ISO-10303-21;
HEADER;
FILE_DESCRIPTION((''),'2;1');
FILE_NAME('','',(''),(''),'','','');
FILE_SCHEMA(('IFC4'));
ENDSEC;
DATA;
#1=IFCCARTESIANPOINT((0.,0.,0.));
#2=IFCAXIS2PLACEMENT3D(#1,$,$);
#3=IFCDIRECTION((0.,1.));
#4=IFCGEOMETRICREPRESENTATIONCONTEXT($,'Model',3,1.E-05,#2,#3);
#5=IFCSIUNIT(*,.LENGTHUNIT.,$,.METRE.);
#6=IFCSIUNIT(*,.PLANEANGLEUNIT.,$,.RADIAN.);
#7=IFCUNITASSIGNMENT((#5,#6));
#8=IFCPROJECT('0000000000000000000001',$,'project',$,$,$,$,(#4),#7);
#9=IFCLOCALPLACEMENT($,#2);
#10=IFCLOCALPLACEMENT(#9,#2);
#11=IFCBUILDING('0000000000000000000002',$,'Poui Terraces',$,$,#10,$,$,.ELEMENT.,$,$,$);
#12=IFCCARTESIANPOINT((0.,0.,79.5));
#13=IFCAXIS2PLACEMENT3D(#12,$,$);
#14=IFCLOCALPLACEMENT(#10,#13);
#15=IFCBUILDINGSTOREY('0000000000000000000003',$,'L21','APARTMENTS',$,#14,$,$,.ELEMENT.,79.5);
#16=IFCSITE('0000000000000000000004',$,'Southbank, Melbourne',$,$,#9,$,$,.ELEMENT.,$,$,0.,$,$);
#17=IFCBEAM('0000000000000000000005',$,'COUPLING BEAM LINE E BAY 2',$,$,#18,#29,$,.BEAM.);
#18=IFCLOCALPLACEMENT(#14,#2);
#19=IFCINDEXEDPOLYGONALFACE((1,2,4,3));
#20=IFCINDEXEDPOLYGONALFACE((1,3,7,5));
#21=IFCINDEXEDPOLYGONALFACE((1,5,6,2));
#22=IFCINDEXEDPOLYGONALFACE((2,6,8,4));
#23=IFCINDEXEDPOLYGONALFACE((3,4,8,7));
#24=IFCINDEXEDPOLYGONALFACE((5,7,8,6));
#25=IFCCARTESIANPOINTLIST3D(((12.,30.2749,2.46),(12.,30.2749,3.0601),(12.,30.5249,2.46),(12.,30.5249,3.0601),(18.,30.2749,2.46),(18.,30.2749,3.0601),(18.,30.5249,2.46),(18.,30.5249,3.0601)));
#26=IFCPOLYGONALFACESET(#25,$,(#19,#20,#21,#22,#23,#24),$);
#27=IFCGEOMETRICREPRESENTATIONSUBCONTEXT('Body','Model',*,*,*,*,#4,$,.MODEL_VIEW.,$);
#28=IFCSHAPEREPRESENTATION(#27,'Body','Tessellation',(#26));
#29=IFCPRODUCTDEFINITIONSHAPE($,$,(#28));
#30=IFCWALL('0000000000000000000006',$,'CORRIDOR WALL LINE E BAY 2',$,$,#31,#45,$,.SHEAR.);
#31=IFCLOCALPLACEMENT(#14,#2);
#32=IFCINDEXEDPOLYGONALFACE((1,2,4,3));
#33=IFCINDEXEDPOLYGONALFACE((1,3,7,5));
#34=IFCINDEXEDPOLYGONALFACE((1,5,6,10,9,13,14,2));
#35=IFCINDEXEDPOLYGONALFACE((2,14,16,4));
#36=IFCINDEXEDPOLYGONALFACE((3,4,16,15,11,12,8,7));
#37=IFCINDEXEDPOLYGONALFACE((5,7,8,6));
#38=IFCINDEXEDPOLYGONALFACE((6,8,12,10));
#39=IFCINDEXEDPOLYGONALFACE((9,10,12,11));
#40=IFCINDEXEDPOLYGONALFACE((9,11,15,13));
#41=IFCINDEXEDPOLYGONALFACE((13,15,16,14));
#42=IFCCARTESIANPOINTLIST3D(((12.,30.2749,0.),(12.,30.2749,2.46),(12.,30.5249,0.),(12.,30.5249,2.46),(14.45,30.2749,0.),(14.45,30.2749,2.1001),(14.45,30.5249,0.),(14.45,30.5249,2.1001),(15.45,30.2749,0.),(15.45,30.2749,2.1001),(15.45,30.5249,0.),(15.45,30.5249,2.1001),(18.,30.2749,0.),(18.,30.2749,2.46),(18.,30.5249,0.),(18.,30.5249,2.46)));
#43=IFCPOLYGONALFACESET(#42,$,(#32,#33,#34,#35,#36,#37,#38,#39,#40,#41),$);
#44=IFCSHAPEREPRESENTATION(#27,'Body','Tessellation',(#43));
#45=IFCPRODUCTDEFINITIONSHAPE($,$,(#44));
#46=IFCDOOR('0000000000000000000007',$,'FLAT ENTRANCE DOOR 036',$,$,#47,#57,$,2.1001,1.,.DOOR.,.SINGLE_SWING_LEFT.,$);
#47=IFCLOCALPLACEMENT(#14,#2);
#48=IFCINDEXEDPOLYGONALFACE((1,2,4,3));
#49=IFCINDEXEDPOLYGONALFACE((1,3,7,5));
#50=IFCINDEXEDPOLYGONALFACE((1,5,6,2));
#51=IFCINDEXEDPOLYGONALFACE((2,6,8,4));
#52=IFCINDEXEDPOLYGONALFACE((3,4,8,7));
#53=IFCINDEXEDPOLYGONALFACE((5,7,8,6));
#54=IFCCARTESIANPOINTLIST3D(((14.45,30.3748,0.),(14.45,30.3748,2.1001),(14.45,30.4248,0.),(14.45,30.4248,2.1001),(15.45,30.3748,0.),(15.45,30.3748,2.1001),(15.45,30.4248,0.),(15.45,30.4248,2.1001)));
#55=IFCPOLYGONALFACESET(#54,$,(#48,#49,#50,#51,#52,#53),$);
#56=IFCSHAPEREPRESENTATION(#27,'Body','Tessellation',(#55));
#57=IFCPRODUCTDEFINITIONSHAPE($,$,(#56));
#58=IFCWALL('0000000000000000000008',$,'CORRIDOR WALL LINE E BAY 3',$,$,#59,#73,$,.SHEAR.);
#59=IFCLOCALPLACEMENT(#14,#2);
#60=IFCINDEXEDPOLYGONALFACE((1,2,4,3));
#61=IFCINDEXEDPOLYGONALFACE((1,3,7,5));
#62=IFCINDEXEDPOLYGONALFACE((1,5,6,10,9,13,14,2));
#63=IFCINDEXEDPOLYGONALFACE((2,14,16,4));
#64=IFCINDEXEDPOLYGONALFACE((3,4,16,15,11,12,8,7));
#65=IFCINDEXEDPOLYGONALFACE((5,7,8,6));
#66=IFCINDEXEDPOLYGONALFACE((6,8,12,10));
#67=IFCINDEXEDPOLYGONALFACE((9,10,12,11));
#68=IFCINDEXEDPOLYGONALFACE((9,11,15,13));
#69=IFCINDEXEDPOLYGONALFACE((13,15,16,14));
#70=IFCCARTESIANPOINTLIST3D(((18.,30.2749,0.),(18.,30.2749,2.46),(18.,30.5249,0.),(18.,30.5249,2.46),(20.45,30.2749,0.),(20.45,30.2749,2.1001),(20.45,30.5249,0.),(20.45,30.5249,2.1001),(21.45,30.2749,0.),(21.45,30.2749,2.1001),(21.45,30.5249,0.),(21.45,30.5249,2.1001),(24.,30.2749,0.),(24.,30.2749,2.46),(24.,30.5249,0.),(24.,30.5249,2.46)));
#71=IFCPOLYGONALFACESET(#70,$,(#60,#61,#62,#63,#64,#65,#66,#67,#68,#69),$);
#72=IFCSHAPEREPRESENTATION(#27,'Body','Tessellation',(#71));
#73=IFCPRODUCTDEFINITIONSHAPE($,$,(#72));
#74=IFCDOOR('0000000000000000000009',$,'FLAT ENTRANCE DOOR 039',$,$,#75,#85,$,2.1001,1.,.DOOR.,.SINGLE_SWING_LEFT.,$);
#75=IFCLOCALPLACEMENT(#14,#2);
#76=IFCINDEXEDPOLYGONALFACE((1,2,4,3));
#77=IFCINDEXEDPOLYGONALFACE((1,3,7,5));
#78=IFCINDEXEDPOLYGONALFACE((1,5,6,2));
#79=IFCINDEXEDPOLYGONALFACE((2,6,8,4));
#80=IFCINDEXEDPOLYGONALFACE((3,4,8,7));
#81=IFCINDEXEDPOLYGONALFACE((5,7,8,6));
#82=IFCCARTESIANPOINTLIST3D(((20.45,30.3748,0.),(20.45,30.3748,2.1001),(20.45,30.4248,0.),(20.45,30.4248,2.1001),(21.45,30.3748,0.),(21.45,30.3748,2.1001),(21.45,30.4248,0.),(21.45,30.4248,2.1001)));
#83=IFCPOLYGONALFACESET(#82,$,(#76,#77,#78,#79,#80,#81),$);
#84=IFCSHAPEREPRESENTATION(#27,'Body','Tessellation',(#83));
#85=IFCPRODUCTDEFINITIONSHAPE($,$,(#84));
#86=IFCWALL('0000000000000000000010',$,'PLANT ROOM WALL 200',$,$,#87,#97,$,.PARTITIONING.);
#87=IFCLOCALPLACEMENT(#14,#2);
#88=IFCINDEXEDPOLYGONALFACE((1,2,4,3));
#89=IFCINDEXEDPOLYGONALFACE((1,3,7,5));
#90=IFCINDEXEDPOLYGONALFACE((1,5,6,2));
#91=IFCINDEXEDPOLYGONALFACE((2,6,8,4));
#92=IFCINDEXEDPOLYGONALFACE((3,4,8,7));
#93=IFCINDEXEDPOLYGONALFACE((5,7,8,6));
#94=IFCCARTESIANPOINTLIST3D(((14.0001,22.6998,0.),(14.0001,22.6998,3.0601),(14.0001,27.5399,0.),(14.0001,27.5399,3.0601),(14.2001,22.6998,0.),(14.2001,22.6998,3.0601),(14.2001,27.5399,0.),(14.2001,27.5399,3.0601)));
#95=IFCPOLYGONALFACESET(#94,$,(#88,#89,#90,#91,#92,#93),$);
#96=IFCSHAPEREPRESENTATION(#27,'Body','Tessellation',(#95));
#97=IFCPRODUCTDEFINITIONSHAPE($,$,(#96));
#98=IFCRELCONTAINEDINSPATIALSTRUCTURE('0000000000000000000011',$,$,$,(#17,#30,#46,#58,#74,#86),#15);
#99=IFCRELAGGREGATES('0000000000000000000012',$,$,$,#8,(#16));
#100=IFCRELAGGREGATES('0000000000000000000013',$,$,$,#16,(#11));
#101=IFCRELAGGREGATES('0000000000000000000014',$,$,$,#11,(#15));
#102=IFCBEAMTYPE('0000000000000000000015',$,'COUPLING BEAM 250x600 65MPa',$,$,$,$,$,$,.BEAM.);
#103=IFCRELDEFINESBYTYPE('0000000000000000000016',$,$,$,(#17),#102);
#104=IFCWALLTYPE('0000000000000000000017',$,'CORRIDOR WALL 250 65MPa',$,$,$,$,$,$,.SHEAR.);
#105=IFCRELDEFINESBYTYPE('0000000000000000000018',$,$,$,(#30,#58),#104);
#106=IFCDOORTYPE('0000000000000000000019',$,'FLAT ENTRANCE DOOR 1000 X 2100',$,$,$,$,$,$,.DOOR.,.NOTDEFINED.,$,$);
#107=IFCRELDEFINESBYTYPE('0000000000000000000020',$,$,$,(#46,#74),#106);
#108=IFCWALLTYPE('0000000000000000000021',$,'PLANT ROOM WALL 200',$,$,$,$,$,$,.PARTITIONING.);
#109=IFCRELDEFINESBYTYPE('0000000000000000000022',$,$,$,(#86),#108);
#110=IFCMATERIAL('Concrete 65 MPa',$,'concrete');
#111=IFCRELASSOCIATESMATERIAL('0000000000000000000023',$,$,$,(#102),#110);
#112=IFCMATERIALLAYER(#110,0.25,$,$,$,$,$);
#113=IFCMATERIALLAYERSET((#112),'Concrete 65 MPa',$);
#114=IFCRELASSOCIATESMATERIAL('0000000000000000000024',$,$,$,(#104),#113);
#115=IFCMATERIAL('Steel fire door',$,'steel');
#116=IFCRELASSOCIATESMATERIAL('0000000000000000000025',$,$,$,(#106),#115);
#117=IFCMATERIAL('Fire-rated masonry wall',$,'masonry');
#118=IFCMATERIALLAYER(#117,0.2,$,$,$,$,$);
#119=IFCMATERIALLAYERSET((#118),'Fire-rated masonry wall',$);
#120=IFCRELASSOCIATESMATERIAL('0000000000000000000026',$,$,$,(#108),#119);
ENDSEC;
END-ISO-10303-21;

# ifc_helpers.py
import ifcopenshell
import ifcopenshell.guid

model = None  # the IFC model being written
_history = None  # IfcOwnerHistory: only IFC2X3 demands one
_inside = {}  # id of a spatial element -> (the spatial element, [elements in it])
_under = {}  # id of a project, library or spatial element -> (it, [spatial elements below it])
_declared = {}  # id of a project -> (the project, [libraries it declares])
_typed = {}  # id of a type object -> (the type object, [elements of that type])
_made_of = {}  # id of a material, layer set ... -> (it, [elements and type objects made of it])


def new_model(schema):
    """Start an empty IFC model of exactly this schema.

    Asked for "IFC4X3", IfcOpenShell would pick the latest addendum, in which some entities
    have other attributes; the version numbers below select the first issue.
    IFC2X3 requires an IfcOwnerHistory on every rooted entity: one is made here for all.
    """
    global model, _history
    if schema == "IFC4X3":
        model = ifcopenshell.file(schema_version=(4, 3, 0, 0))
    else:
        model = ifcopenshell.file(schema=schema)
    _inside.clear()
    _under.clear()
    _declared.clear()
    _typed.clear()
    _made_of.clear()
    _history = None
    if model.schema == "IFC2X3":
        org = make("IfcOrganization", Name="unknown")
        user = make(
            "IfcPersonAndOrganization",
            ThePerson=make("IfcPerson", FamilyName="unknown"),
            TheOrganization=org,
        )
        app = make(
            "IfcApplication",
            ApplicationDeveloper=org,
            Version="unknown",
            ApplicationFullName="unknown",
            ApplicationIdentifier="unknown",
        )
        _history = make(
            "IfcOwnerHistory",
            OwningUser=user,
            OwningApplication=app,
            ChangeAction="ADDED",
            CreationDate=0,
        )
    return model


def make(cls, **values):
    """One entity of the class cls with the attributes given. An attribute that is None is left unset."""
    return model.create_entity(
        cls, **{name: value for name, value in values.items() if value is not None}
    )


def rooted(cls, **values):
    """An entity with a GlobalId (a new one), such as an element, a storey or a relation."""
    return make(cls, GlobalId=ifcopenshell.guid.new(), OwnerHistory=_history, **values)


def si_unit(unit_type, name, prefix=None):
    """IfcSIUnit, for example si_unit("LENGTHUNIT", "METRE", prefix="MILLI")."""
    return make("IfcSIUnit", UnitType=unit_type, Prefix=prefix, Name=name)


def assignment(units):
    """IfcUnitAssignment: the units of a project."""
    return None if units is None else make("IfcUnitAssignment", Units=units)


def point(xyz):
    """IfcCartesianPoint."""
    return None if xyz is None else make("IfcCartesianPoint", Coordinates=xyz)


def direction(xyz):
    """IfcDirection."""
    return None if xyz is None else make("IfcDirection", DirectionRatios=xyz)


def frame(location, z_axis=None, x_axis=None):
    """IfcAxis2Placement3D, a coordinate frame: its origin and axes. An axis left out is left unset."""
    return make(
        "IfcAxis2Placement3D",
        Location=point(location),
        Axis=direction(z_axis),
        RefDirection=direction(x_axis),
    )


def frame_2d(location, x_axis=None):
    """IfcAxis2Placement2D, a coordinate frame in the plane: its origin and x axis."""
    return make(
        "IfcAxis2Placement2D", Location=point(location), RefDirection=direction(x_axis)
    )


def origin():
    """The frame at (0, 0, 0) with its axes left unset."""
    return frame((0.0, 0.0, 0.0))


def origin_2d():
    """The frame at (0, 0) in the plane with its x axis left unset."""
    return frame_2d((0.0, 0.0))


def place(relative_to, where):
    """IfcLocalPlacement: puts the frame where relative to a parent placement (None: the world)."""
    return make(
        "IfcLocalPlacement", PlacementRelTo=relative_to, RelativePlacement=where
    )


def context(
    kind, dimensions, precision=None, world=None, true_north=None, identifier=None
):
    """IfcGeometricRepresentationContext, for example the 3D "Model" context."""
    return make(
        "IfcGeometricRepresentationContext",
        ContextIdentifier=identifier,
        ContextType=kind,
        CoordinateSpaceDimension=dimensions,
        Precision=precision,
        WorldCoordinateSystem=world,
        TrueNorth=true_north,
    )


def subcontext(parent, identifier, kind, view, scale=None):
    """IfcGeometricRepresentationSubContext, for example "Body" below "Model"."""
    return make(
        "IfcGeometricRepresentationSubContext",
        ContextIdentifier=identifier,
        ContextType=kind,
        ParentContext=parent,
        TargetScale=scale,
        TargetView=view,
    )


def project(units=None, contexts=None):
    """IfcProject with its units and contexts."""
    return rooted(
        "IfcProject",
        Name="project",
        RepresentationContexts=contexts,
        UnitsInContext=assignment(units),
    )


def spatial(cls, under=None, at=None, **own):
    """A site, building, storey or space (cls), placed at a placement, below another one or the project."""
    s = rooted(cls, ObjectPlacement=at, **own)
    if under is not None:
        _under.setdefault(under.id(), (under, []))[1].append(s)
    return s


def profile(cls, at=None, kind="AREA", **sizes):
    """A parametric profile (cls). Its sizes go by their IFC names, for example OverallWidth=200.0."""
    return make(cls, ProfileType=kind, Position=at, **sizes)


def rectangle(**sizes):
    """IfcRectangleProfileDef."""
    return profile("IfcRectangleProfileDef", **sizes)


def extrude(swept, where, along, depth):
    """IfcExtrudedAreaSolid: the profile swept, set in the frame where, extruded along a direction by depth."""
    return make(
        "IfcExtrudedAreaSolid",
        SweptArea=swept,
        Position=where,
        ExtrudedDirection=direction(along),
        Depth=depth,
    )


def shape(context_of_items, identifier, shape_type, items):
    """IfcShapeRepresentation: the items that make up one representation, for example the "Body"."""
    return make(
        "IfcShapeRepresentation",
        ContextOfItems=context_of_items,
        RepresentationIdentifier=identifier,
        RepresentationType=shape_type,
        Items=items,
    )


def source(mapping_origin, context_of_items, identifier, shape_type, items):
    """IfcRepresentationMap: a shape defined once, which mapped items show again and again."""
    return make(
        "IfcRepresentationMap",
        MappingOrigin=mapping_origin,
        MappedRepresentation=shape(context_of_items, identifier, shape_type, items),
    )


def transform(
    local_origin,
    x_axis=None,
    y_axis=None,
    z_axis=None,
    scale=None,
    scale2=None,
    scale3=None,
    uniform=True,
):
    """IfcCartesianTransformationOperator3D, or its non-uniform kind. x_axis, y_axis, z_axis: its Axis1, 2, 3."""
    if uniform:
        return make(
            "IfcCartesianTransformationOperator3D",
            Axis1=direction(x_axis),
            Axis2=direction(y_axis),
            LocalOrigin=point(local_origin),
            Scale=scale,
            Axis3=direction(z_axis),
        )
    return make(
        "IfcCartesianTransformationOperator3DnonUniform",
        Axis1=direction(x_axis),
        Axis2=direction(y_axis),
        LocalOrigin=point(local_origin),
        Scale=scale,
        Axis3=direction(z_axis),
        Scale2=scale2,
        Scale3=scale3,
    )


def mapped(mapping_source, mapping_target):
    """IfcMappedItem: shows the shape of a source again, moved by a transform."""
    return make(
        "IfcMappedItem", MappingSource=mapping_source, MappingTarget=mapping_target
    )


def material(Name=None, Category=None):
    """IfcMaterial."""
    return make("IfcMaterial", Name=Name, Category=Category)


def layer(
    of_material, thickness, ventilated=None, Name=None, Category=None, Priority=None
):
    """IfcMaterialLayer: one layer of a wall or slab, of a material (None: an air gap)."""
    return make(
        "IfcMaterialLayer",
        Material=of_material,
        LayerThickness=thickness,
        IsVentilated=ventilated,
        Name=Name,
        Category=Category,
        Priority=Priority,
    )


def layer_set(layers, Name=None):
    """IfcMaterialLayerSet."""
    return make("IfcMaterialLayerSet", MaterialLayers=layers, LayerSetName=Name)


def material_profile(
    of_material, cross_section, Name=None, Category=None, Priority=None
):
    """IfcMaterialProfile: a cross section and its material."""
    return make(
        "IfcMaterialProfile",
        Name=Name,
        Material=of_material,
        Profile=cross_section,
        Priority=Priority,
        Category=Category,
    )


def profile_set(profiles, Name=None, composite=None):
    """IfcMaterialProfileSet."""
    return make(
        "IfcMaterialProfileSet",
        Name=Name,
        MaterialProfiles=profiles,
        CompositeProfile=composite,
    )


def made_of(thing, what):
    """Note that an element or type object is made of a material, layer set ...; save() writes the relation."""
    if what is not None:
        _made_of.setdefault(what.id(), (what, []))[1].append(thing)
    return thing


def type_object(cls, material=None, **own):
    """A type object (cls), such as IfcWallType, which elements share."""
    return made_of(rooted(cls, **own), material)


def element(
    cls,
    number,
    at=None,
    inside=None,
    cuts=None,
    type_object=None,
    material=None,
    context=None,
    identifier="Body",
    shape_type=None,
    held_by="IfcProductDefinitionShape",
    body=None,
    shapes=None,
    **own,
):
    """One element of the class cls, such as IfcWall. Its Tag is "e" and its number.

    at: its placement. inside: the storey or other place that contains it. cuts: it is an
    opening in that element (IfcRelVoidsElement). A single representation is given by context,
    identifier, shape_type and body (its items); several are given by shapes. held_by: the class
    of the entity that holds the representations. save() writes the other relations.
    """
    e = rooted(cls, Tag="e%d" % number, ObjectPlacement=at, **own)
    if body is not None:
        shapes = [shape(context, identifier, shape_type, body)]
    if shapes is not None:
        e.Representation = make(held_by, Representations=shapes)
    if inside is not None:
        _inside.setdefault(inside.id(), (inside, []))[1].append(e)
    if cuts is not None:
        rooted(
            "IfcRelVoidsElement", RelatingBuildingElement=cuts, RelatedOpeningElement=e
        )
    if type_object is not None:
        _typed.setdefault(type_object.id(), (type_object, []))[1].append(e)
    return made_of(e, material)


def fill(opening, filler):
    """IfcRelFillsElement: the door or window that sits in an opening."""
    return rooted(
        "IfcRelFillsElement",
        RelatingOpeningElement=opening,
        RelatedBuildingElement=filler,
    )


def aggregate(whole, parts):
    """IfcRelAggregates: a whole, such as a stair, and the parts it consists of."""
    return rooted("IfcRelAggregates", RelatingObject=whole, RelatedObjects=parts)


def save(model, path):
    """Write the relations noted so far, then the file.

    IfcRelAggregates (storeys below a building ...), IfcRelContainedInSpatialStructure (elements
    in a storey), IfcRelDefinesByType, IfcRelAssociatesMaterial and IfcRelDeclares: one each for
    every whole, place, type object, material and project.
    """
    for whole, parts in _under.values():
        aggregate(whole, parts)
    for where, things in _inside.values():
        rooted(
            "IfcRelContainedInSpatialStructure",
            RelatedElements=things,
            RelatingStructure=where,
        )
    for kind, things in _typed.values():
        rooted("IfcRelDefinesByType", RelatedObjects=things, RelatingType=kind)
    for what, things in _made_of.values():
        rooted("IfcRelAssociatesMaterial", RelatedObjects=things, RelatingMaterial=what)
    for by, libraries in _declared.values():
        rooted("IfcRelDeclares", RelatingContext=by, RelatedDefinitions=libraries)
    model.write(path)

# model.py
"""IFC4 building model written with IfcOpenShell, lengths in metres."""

from ifc_helpers import new_model, si_unit, direction, frame, frame_2d, origin, origin_2d, place, context, subcontext, project, spatial, rectangle, extrude, source, transform, mapped, material, layer, layer_set, material_profile, profile_set, type_object, element, fill, save


model = new_model("IFC4")

# Units and contexts
model_context = context("Model", 3, precision=1e-05, world=origin(), true_north=direction((0.0, 1.0)))
body_context = subcontext(model_context, "Body", "Model", "MODEL_VIEW")
ifc_project = project(units=[si_unit("LENGTHUNIT", "METRE"), si_unit("PLANEANGLEUNIT", "RADIAN")], contexts=[model_context])

# Site, building, storey
site_placement = place(None, origin())
site = spatial("IfcSite", under=ifc_project, at=site_placement, Name="Southbank, Melbourne", CompositionType="ELEMENT", RefElevation=0.0)
building_placement = place(site_placement, origin())
building = spatial("IfcBuilding", under=site, at=building_placement, Name="Poui Terraces", CompositionType="ELEMENT")
storey_placement = place(building_placement, frame((0.0, 0.0, 79.5)))
storey = spatial("IfcBuildingStorey", under=building, at=storey_placement, Name="L21", Description="APARTMENTS", CompositionType="ELEMENT", Elevation=79.5)

# Beam
ifc_material_1 = material(Name="Concrete 65 MPa", Category="concrete")
ifc_material_profile = material_profile(ifc_material_1, rectangle(XDim=0.25, YDim=0.6001, at=origin_2d()), Name="RC 250x600")
ifc_profile_set = profile_set([ifc_material_profile], Name="Concrete 65 MPa")
beam_type = type_object("IfcBeamType", Name="COUPLING BEAM 250x600 65MPa", PredefinedType="BEAM", material=ifc_profile_set)
shared_shape = source(origin(), body_context, "Body", "SweptSolid", [
    extrude(rectangle(XDim=0.25, YDim=0.6001, at=origin_2d()), origin(), (0.0, 0.0, 1.0), 6.0),
])
beam_placement = place(storey_placement, frame((12.0, 30.3999, 2.76), z_axis=(1.0, 0.0, 0.0), x_axis=(0.0, 1.0, 0.0)))
element("IfcBeam", 1, at=beam_placement, inside=storey, type_object=beam_type, Name="COUPLING BEAM LINE E BAY 2", PredefinedType="BEAM", context=body_context, shape_type="MappedRepresentation", body=[
    mapped(shared_shape, transform((0.0, 0.0, 0.0))),
])

# Walls, openings, doors
ifc_layer_1 = layer(ifc_material_1, 0.25)
ifc_layer_set_1 = layer_set([ifc_layer_1], Name="Concrete 65 MPa")
wall_type_1 = type_object("IfcWallType", Name="CORRIDOR WALL 250 65MPa", PredefinedType="SHEAR", material=ifc_layer_set_1)
wall_1_placement = place(storey_placement, frame((12.0, 30.3999, 0.0), z_axis=(0.0, 0.0, 1.0), x_axis=(1.0, 0.0, 0.0)))
wall_1 = element("IfcWall", 2, at=wall_1_placement, inside=storey, type_object=wall_type_1, Name="CORRIDOR WALL LINE E BAY 2", PredefinedType="SHEAR", context=body_context, shape_type="SweptSolid", body=[
    extrude(rectangle(XDim=6.0, YDim=0.25, at=frame_2d((3.0, 0.0))), origin(), (0.0, 0.0, 1.0), 2.46),
])
opening_1_placement = place(wall_1_placement, frame((2.45, 0.0, 0.0)))
opening_1 = element("IfcOpeningElement", 3, at=opening_1_placement, cuts=wall_1, PredefinedType="OPENING", context=body_context, shape_type="SweptSolid", body=[
    extrude(rectangle(XDim=1.0, YDim=2.1001, at=frame_2d((0.5, 1.05))), frame((0.0, 0.135, 0.0), z_axis=(0.0, -1.0, 0.0), x_axis=(1.0, 0.0, 0.0)), (0.0, 0.0, 1.0), 0.27),
])
ifc_material_2 = material(Name="Steel fire door", Category="steel")
door_type = type_object("IfcDoorType", Name="FLAT ENTRANCE DOOR 1000 X 2100", OperationType="NOTDEFINED", PredefinedType="DOOR", material=ifc_material_2)
door_1_placement = place(opening_1_placement, origin())
door_1 = element("IfcDoor", 4, at=door_1_placement, inside=storey, type_object=door_type, Name="FLAT ENTRANCE DOOR 036", OperationType="SINGLE_SWING_LEFT", OverallHeight=2.1001, OverallWidth=1.0, PredefinedType="DOOR", context=body_context, shape_type="SweptSolid", body=[
    extrude(rectangle(XDim=1.0, YDim=2.1001, at=frame_2d((0.5, 1.05))), frame((0.0, 0.0249, 0.0), z_axis=(0.0, -1.0, 0.0), x_axis=(1.0, 0.0, 0.0)), (0.0, 0.0, 1.0), 0.05),
])
fill(opening_1, door_1)
wall_2_placement = place(storey_placement, frame((18.0, 30.3999, 0.0), z_axis=(0.0, 0.0, 1.0), x_axis=(1.0, 0.0, 0.0)))
wall_2 = element("IfcWall", 5, at=wall_2_placement, inside=storey, type_object=wall_type_1, Name="CORRIDOR WALL LINE E BAY 3", PredefinedType="SHEAR", context=body_context, shape_type="SweptSolid", body=[
    extrude(rectangle(XDim=6.0, YDim=0.25, at=frame_2d((3.0, 0.0))), origin(), (0.0, 0.0, 1.0), 2.46),
])
opening_2_placement = place(wall_2_placement, frame((2.45, 0.0, 0.0)))
opening_2 = element("IfcOpeningElement", 6, at=opening_2_placement, cuts=wall_2, PredefinedType="OPENING", context=body_context, shape_type="SweptSolid", body=[
    extrude(rectangle(XDim=1.0, YDim=2.1001, at=frame_2d((0.5, 1.05))), frame((0.0, 0.135, 0.0), z_axis=(0.0, -1.0, 0.0), x_axis=(1.0, 0.0, 0.0)), (0.0, 0.0, 1.0), 0.27),
])
door_2_placement = place(opening_2_placement, origin())
door_2 = element("IfcDoor", 7, at=door_2_placement, inside=storey, type_object=door_type, Name="FLAT ENTRANCE DOOR 039", OperationType="SINGLE_SWING_LEFT", OverallHeight=2.1001, OverallWidth=1.0, PredefinedType="DOOR", context=body_context, shape_type="SweptSolid", body=[
    extrude(rectangle(XDim=1.0, YDim=2.1001, at=frame_2d((0.5, 1.05))), frame((0.0, 0.0249, 0.0), z_axis=(0.0, -1.0, 0.0), x_axis=(1.0, 0.0, 0.0)), (0.0, 0.0, 1.0), 0.05),
])
fill(opening_2, door_2)

# Wall
ifc_material_3 = material(Name="Fire-rated masonry wall", Category="masonry")
ifc_layer_2 = layer(ifc_material_3, 0.2)
ifc_layer_set_2 = layer_set([ifc_layer_2], Name="Fire-rated masonry wall")
wall_type_2 = type_object("IfcWallType", Name="PLANT ROOM WALL 200", PredefinedType="PARTITIONING", material=ifc_layer_set_2)
wall_3_placement = place(storey_placement, frame((14.1001, 22.7, 0.0), z_axis=(0.0, 0.0, 1.0), x_axis=(0.0, 1.0, 0.0)))
element("IfcWall", 8, at=wall_3_placement, inside=storey, type_object=wall_type_2, Name="PLANT ROOM WALL 200", PredefinedType="PARTITIONING", context=body_context, shape_type="SweptSolid", body=[
    extrude(rectangle(XDim=4.8401, YDim=0.2, at=frame_2d((2.4199, 0.0))), origin(), (0.0, 0.0, 1.0), 3.0601),
])

save(model, "model.ifc")
